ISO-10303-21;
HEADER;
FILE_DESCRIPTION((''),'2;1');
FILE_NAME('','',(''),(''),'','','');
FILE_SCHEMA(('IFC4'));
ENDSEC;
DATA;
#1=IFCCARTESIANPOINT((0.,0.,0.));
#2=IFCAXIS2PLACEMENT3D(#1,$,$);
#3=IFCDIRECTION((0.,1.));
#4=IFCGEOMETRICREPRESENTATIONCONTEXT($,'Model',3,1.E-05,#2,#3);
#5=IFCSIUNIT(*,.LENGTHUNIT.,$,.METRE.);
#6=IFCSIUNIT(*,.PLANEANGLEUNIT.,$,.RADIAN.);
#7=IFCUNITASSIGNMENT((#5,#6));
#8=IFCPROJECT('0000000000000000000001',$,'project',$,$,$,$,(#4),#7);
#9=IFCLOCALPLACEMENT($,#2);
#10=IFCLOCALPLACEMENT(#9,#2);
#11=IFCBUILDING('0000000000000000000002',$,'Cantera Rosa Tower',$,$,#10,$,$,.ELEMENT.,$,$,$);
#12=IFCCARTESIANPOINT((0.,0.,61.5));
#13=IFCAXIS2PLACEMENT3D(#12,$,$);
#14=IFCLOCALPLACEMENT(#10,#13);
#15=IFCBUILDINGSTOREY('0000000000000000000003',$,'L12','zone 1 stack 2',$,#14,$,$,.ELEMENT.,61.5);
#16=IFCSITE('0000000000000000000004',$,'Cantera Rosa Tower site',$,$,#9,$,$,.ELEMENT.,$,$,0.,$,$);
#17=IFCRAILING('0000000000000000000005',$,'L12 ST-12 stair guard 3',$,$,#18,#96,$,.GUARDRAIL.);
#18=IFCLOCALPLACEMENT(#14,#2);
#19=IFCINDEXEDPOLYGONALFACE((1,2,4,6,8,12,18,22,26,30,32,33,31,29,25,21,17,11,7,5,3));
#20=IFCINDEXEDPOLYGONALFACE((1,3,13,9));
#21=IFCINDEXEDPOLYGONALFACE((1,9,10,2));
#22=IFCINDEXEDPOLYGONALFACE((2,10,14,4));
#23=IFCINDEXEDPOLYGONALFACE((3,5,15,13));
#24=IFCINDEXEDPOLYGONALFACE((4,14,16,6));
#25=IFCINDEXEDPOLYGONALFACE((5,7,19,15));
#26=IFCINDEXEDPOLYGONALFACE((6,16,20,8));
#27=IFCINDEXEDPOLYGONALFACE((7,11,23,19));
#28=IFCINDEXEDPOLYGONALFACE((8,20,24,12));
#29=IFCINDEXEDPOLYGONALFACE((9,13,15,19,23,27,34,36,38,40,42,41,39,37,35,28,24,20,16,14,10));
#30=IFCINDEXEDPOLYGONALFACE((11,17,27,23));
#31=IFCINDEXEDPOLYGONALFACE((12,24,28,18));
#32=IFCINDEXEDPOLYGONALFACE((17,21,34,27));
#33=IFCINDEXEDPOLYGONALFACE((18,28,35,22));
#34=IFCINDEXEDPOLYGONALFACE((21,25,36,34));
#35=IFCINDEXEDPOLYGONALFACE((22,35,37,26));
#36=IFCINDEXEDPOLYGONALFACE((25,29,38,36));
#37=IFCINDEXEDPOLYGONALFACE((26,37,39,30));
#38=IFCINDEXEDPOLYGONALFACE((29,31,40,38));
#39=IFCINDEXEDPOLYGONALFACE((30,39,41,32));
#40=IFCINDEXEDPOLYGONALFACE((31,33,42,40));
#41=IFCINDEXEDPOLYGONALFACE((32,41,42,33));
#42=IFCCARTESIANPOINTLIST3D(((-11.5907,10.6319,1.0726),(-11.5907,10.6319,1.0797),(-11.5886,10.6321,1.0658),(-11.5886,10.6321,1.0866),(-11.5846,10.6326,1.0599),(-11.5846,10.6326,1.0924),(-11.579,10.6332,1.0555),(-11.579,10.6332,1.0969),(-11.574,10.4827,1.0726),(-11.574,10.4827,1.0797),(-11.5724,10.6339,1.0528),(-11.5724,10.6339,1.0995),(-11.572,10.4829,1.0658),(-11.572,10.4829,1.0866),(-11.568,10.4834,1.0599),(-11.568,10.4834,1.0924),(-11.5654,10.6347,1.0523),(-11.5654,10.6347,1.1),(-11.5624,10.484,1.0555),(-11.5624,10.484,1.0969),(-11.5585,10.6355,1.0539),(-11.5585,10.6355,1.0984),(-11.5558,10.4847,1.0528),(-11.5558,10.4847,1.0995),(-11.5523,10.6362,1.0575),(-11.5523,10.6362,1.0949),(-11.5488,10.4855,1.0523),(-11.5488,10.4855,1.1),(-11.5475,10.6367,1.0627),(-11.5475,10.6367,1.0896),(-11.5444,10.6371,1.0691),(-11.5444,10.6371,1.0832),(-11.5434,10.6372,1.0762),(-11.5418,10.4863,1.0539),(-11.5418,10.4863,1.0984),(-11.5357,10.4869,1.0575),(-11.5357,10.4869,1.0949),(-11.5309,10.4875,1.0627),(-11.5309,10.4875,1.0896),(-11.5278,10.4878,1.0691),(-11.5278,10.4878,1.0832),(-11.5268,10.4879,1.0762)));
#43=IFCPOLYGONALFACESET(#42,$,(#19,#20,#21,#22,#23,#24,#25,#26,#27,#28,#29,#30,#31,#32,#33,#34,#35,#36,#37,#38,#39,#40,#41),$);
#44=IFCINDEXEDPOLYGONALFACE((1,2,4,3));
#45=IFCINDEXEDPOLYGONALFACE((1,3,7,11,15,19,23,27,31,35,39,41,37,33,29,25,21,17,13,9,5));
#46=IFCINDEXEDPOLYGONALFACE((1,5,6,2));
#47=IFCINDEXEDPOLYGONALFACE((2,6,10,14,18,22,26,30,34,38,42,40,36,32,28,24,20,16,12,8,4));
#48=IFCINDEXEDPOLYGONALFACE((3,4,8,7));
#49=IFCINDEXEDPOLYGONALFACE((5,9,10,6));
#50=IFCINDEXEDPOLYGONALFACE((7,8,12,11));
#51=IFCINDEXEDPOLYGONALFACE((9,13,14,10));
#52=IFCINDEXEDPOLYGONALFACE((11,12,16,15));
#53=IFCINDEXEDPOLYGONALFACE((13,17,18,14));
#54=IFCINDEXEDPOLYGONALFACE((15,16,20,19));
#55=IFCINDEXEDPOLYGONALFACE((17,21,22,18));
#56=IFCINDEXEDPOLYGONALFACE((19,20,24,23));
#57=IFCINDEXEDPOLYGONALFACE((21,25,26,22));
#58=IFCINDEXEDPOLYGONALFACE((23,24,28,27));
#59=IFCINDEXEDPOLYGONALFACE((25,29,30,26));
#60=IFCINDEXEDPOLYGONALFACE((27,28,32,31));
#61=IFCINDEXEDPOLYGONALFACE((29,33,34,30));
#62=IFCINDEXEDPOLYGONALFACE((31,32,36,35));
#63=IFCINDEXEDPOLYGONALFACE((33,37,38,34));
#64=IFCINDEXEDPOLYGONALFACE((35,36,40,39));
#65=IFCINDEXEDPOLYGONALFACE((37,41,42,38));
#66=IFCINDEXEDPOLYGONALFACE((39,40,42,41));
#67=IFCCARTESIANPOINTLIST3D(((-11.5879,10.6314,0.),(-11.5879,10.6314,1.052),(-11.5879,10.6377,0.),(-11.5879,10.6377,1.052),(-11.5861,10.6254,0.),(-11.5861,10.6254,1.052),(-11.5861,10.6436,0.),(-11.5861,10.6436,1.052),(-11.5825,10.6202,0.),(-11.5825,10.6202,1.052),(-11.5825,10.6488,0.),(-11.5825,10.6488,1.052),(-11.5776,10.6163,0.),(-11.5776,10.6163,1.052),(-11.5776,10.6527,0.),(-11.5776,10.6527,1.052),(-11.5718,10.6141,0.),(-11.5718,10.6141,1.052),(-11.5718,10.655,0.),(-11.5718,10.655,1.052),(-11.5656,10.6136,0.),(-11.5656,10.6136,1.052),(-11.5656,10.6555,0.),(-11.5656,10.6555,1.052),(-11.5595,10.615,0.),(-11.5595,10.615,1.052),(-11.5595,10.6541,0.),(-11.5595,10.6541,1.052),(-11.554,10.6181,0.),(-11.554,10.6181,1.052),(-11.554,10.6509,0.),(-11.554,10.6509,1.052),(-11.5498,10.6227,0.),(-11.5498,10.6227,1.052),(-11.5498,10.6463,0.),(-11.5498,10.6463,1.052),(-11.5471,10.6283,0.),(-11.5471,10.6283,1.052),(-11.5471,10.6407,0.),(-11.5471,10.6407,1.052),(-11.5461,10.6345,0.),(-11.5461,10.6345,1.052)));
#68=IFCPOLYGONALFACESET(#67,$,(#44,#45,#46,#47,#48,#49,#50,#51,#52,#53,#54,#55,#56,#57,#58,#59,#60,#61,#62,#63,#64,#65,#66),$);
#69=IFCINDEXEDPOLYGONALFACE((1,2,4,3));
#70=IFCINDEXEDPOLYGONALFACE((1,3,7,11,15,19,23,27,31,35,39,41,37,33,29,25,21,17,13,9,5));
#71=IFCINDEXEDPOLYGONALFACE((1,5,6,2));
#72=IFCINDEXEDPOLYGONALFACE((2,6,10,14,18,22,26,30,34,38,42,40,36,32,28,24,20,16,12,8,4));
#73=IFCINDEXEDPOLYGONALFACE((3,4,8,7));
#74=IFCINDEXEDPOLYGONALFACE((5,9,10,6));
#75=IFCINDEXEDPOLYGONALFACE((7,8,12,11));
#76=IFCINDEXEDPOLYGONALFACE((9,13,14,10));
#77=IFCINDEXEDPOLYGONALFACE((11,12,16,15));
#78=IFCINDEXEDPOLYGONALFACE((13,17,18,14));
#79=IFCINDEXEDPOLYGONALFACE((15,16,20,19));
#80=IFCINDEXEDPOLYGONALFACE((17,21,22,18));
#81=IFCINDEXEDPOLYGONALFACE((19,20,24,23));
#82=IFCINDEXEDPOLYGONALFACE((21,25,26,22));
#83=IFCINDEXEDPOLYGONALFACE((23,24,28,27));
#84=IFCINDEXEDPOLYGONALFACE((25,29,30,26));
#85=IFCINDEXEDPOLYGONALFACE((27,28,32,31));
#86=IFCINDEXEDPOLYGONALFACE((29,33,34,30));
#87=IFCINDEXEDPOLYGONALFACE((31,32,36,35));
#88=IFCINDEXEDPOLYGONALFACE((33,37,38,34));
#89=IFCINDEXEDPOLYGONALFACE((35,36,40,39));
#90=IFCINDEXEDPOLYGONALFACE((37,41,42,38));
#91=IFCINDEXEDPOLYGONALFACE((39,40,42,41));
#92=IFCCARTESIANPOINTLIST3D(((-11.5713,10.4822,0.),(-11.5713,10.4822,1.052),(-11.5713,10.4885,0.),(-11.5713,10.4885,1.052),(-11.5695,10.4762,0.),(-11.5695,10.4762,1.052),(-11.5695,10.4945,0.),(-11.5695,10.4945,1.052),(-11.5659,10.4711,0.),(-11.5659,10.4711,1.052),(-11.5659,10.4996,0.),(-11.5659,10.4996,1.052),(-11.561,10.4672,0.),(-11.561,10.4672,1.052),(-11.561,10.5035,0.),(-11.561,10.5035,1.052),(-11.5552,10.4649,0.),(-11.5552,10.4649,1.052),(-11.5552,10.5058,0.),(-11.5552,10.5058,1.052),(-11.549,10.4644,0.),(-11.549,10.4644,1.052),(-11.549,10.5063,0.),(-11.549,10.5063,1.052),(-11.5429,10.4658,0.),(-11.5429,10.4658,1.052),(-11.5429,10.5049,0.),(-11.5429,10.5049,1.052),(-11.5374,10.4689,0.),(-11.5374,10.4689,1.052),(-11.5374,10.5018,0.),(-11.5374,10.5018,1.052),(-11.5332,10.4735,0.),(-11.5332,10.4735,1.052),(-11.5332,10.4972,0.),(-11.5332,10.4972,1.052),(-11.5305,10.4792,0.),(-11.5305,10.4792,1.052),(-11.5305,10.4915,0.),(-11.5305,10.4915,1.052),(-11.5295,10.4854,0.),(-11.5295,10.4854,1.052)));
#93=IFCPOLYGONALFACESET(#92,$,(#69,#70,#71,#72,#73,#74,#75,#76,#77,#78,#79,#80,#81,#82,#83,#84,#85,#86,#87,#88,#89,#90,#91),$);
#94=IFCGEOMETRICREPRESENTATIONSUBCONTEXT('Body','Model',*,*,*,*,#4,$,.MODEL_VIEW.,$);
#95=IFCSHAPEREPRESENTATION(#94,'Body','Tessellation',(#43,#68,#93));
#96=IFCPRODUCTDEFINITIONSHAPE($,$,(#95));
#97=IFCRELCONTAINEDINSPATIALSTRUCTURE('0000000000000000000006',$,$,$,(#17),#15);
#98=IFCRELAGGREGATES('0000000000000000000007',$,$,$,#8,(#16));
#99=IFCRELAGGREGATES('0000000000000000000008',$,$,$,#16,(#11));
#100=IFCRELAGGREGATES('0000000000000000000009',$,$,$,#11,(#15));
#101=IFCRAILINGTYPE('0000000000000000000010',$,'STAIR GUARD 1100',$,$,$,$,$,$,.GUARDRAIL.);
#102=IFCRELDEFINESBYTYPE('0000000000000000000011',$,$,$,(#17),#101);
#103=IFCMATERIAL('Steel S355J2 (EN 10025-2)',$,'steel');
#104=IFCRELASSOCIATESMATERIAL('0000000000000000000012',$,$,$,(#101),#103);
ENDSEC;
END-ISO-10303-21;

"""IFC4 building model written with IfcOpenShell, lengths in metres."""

from ifc_helpers import new_model, si_unit, direction, frame, origin, origin_2d, place, context, subcontext, project, spatial, circle, extrude, material, type_object, element, save


model = new_model("IFC4")

# Units and contexts
model_context = context("Model", 3, precision=1e-05, world=origin(), true_north=direction((0.0, 1.0)))
body_context = subcontext(model_context, "Body", "Model", "MODEL_VIEW")
ifc_project = project(units=[si_unit("LENGTHUNIT", "METRE"), si_unit("PLANEANGLEUNIT", "RADIAN")], contexts=[model_context])

# Site, building, storey
site_placement = place(None, origin())
site = spatial("IfcSite", under=ifc_project, at=site_placement, Name="Cantera Rosa Tower site", CompositionType="ELEMENT", RefElevation=0.0)
building_placement = place(site_placement, origin())
building = spatial("IfcBuilding", under=site, at=building_placement, Name="Cantera Rosa Tower", CompositionType="ELEMENT")
storey_placement = place(building_placement, frame((0.0, 0.0, 61.5)))
storey = spatial("IfcBuildingStorey", under=building, at=storey_placement, Name="L12", Description="zone 1 stack 2", CompositionType="ELEMENT", Elevation=61.5)

# Railing
ifc_material_1 = material(Name="Steel S355J2 (EN 10025-2)", Category="steel")
railing_type_1 = type_object("IfcRailingType", Name="STAIR GUARD 1100", PredefinedType="GUARDRAIL", material=ifc_material_1)
railing_1_placement = place(storey_placement, frame((-11.5671, 10.6345, 0.0)))
element("IfcRailing", 1, at=railing_1_placement, inside=storey, type_object=railing_type_1, Name="L12 ST-12 stair guard 3", PredefinedType="GUARDRAIL", context=body_context, shape_type="SweptSolid", body=[
    extrude(circle(Radius=0.0239, at=origin_2d()), frame((0.0, 0.0, 1.0762), z_axis=(0.11061, -0.993864, 0.0), x_axis=(0.993864, 0.11061, 0.0)), (0.0, 0.0, 1.0), 0.1501),
    extrude(circle(Radius=0.021, at=origin_2d()), origin(), (0.0, 0.0, 1.0), 1.052),
    extrude(circle(Radius=0.021, at=origin_2d()), frame((0.0166, -0.1492, 0.0)), (0.0, 0.0, 1.0), 1.052),
])

save(model, "model.ifc")
